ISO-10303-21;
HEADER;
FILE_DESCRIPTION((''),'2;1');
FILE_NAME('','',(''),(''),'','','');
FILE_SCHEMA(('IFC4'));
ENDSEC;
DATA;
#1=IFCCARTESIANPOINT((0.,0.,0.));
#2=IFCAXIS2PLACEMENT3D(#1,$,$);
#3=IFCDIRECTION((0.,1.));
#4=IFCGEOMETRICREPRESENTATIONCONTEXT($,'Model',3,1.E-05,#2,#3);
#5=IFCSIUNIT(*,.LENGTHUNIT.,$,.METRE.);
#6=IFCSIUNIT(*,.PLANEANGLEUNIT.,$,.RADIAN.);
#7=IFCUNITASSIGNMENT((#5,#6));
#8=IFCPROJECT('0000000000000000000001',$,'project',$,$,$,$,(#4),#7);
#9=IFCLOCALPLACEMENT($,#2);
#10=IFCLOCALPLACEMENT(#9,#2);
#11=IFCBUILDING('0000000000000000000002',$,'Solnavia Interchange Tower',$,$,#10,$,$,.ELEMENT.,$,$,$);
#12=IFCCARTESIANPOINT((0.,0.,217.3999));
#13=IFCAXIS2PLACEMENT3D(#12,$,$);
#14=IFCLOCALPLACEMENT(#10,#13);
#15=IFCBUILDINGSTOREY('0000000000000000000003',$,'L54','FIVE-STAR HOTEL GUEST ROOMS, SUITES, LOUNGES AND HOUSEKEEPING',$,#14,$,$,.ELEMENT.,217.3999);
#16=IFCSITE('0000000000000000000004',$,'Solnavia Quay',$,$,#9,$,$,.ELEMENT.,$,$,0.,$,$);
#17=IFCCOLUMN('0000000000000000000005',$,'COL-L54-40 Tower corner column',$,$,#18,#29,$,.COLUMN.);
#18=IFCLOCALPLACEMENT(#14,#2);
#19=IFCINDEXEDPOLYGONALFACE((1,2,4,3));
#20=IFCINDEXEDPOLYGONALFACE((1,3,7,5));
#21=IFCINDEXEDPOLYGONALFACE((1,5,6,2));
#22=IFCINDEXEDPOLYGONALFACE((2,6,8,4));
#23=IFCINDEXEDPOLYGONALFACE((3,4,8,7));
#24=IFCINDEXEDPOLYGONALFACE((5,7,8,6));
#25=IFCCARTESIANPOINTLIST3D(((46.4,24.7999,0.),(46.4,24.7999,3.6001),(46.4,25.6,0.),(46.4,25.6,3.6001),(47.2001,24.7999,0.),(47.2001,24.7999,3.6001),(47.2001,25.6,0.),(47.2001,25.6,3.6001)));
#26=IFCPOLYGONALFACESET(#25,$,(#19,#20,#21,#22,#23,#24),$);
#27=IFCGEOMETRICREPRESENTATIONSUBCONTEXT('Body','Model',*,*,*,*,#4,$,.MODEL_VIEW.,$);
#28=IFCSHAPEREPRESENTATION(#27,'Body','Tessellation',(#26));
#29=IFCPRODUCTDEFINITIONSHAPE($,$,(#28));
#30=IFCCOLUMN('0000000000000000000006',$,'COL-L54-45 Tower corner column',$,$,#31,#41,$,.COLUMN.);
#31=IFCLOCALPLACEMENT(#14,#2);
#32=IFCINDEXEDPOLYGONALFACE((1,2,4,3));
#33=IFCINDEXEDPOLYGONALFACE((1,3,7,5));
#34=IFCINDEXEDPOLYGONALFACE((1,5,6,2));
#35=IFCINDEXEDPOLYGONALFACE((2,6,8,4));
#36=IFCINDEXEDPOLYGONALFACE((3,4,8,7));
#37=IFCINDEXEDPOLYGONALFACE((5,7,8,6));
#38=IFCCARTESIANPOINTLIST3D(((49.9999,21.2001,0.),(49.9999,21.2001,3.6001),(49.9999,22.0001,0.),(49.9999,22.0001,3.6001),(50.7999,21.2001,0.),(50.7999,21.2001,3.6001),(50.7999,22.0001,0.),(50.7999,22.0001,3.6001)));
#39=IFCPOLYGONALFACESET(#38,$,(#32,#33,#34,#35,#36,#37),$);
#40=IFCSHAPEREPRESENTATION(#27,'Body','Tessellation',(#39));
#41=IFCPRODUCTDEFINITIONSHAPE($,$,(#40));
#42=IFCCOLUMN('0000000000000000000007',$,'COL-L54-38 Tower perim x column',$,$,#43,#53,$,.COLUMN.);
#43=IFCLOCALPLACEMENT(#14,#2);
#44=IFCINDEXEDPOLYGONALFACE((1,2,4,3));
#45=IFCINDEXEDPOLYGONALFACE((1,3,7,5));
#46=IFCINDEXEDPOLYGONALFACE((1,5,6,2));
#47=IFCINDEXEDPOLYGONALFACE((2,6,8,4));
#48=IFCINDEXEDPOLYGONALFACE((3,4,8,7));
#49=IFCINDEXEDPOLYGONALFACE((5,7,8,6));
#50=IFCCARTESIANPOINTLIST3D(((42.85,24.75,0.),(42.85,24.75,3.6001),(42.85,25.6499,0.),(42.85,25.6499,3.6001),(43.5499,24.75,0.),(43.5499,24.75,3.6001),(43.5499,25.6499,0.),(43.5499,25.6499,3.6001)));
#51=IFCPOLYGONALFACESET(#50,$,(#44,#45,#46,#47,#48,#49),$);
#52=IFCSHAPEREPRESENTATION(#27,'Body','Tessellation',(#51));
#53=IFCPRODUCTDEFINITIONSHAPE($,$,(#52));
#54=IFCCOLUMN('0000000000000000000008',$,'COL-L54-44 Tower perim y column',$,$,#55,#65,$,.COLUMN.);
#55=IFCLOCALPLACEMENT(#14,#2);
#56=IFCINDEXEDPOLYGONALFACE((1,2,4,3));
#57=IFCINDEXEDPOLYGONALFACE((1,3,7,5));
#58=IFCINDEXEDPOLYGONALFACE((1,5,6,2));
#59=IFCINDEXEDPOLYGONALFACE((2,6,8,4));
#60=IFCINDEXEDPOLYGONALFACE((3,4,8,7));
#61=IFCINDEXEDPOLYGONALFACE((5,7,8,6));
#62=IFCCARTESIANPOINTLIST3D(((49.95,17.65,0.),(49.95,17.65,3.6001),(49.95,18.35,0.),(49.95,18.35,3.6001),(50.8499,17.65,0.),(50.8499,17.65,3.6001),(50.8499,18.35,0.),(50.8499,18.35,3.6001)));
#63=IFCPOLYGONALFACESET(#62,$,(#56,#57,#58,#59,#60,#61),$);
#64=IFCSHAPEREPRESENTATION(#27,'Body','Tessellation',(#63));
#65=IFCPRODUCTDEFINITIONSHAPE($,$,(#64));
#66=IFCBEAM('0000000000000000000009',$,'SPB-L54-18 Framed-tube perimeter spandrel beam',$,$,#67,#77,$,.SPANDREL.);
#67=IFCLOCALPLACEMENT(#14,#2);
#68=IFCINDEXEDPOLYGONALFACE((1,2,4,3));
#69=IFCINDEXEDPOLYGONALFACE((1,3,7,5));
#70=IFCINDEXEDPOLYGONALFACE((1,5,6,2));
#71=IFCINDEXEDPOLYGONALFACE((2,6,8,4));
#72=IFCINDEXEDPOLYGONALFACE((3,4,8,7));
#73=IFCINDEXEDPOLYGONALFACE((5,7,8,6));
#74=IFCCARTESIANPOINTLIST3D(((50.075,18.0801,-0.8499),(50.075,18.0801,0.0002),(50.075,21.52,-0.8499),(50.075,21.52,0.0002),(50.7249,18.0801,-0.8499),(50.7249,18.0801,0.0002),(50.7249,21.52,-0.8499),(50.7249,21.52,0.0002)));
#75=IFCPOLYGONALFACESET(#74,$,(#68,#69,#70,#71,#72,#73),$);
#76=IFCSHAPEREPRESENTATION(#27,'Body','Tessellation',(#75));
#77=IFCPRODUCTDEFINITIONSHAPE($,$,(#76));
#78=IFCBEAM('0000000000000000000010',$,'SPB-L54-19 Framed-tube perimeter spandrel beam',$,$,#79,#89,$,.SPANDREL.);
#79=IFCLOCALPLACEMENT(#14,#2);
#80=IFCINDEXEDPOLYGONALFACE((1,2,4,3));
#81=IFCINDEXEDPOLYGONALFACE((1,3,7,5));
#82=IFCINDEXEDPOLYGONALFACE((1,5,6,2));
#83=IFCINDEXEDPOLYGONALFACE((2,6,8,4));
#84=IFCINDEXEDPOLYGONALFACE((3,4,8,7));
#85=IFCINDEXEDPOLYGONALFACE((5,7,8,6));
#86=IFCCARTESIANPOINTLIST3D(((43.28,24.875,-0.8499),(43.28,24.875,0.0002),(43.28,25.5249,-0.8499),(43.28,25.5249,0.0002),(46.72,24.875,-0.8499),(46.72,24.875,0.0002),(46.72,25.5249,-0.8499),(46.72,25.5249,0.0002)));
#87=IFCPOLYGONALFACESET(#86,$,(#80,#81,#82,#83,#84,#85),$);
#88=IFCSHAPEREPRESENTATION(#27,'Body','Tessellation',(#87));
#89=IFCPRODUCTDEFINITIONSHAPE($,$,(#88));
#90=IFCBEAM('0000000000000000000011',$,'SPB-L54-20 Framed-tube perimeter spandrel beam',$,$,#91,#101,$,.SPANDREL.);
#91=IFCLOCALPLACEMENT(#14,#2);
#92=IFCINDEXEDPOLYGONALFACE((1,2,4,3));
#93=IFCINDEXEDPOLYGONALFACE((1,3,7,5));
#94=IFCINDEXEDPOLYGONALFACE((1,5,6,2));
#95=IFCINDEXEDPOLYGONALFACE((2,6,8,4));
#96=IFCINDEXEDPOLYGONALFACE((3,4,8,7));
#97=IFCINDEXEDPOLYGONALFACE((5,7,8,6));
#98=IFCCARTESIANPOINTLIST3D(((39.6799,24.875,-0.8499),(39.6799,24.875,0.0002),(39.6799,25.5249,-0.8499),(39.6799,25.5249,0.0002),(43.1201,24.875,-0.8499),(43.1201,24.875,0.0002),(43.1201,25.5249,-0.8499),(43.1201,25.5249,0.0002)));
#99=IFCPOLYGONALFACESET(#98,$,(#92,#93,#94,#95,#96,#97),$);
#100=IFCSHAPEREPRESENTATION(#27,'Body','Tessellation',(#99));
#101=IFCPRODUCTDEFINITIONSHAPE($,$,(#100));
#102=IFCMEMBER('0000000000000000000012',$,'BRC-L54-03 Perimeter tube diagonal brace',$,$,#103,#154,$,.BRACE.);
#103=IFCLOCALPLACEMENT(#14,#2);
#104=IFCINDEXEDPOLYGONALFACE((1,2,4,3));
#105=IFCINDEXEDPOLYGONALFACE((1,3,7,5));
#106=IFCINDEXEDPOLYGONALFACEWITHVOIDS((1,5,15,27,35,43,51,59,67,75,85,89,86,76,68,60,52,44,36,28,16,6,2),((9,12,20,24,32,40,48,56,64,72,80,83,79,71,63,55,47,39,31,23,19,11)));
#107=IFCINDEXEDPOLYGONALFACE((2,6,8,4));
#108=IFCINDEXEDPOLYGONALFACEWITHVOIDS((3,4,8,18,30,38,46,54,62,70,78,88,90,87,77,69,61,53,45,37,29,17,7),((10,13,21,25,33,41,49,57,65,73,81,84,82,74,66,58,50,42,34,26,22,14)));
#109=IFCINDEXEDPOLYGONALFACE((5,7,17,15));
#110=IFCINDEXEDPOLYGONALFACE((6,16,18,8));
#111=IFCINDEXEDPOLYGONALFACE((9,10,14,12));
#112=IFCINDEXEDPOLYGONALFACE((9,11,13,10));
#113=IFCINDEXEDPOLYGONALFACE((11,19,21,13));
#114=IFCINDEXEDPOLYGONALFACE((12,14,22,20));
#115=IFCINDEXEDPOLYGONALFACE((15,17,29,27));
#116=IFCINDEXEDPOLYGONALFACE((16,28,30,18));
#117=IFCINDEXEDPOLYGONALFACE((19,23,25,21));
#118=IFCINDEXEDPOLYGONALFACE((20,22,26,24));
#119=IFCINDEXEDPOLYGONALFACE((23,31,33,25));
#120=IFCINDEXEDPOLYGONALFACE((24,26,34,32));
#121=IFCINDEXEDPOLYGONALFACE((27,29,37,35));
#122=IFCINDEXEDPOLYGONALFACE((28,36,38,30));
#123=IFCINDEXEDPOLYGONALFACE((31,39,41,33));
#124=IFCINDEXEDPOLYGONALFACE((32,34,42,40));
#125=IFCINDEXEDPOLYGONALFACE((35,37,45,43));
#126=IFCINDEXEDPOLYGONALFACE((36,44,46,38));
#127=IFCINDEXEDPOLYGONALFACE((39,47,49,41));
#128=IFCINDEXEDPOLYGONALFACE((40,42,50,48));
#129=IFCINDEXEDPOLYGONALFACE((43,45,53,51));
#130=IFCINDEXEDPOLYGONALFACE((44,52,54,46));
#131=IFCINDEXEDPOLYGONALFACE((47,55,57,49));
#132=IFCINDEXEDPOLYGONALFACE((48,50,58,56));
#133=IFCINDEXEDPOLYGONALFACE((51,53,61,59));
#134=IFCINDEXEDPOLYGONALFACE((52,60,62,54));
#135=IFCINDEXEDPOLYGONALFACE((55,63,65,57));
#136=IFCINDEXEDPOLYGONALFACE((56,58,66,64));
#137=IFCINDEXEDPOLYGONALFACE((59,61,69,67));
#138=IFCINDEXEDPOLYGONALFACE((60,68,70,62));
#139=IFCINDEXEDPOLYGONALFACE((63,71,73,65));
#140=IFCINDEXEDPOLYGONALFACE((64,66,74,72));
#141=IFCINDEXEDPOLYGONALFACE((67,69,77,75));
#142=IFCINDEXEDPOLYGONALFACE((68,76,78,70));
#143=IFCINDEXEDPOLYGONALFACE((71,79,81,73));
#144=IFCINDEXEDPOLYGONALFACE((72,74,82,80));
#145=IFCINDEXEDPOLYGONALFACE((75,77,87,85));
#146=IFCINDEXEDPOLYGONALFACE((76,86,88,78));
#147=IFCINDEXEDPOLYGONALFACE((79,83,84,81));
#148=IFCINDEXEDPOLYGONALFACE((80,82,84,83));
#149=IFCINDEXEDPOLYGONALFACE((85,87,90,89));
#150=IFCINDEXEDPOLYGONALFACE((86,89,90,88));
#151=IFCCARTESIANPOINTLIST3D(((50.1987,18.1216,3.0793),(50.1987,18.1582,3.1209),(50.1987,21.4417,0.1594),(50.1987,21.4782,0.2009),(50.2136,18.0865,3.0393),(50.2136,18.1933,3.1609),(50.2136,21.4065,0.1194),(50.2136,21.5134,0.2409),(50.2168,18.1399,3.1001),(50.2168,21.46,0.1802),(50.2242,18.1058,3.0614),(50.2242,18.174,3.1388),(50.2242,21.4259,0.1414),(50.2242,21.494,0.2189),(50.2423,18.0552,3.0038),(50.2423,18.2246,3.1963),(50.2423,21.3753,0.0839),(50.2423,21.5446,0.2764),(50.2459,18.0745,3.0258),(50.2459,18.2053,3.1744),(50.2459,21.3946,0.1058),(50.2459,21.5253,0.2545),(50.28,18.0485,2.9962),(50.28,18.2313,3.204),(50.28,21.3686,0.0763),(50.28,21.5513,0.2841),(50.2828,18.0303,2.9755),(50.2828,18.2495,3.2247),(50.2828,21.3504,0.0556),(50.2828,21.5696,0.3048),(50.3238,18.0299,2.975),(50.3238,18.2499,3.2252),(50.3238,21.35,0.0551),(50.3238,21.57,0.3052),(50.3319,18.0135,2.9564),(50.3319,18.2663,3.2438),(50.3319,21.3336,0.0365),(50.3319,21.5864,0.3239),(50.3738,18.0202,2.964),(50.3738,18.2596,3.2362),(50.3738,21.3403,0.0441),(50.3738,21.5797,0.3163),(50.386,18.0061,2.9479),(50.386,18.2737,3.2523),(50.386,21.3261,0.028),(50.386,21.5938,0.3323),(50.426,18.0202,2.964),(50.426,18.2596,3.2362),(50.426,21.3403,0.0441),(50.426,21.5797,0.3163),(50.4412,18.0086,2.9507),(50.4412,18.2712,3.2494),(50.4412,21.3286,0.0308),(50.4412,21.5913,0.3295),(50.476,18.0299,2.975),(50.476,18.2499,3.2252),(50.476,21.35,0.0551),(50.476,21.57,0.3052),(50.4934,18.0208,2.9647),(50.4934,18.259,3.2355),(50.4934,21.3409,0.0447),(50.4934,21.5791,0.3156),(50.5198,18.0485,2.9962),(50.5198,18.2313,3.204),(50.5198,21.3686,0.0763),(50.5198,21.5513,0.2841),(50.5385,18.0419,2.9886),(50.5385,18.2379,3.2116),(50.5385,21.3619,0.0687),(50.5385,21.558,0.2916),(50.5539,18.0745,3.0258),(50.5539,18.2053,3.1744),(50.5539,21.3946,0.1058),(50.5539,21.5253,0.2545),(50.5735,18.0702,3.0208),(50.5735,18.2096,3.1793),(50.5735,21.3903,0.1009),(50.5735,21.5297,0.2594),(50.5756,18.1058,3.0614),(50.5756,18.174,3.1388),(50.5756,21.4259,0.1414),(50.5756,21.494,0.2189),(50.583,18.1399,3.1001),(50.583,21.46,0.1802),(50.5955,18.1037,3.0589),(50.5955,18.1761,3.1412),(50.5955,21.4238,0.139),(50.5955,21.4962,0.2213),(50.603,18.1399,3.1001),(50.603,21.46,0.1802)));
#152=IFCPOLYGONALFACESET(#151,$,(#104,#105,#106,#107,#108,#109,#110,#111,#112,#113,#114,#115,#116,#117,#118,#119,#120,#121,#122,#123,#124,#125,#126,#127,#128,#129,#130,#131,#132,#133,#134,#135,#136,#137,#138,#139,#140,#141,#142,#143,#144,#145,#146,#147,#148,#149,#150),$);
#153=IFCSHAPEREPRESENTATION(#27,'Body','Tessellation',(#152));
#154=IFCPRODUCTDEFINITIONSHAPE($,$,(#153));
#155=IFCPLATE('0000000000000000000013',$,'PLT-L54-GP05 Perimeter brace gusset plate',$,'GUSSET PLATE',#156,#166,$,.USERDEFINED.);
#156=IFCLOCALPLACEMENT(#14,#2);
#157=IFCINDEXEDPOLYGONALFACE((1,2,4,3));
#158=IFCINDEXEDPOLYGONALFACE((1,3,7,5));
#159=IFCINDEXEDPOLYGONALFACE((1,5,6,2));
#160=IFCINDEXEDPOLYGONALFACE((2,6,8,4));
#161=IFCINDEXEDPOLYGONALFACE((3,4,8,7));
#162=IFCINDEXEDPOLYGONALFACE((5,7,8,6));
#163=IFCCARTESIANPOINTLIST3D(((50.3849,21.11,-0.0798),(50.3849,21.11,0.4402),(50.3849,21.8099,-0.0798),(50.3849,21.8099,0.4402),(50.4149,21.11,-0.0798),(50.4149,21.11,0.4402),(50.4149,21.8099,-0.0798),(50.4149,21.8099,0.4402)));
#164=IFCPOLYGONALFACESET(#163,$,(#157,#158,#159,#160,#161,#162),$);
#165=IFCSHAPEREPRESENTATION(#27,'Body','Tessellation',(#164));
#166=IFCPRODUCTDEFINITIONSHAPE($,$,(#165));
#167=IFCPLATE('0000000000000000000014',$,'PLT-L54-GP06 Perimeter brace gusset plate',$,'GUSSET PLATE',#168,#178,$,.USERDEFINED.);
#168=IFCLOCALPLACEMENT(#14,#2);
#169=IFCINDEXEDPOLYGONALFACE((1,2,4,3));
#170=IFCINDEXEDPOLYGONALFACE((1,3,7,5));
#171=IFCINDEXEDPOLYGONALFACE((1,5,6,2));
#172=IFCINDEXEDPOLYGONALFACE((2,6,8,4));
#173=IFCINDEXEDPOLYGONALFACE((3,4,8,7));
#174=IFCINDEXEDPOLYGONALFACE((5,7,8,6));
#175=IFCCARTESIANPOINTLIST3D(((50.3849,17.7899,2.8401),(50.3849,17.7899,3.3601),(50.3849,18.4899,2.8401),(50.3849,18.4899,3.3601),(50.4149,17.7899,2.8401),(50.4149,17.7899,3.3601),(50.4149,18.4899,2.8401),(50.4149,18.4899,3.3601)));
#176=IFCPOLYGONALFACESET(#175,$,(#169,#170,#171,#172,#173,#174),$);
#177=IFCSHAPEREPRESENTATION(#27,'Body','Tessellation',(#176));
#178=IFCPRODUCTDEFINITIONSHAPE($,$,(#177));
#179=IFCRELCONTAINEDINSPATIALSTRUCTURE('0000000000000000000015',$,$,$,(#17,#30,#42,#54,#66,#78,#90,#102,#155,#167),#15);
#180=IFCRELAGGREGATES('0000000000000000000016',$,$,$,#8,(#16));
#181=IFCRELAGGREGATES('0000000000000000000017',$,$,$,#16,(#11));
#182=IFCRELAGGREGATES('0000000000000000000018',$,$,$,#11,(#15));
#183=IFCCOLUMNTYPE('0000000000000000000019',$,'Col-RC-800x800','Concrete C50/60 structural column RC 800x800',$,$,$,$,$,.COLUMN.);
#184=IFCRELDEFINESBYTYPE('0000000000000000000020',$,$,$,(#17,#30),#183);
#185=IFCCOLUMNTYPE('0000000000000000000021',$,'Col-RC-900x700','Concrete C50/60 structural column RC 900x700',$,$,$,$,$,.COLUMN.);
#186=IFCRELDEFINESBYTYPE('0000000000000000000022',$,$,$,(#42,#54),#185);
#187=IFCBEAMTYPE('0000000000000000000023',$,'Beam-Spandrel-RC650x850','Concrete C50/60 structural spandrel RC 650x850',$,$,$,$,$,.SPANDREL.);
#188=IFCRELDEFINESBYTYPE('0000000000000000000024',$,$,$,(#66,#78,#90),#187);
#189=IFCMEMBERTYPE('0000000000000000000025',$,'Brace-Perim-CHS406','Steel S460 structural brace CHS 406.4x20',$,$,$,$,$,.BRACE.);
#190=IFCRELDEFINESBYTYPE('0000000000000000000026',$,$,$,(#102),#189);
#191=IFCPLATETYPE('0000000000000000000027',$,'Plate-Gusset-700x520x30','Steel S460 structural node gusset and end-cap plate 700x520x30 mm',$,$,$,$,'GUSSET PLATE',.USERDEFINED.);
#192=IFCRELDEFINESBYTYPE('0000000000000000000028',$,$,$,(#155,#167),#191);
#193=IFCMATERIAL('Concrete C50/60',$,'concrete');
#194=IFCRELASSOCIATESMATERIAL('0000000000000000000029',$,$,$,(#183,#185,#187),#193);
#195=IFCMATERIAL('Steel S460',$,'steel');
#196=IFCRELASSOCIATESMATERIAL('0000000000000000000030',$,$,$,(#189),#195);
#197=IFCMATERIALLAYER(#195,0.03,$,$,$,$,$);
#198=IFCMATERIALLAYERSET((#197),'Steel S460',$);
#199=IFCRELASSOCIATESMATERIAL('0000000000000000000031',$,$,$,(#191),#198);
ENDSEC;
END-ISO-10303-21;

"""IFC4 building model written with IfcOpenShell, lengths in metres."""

from ifc_helpers import new_model, si_unit, direction, frame, origin, origin_2d, place, context, subcontext, project, spatial, rectangle, hollow_circle, extrude, material, layer, layer_set, material_profile, profile_set, type_object, element, save


model = new_model("IFC4")

# Units and contexts
model_context = context("Model", 3, precision=1e-05, world=origin(), true_north=direction((0.0, 1.0)))
body_context = subcontext(model_context, "Body", "Model", "MODEL_VIEW")
ifc_project = project(units=[si_unit("LENGTHUNIT", "METRE"), si_unit("PLANEANGLEUNIT", "RADIAN")], contexts=[model_context])

# Site, building, storey
site_placement = place(None, origin())
site = spatial("IfcSite", under=ifc_project, at=site_placement, Name="Solnavia Quay", CompositionType="ELEMENT", RefElevation=0.0)
building_placement = place(site_placement, origin())
building = spatial("IfcBuilding", under=site, at=building_placement, Name="Solnavia Interchange Tower", CompositionType="ELEMENT")
storey_placement = place(building_placement, frame((0.0, 0.0, 217.3999)))
storey = spatial("IfcBuildingStorey", under=building, at=storey_placement, Name="L54", Description="FIVE-STAR HOTEL GUEST ROOMS, SUITES, LOUNGES AND HOUSEKEEPING", CompositionType="ELEMENT", Elevation=217.3999)

# Columns
ifc_material_1 = material(Name="Concrete C50/60", Category="concrete")
ifc_material_profile_1 = material_profile(ifc_material_1, rectangle(XDim=0.8, YDim=0.8, at=origin_2d()), Name="RC 800x800")
ifc_profile_set_1 = profile_set([ifc_material_profile_1], Name="Concrete C50/60")
column_type_1 = type_object("IfcColumnType", Name="Col-RC-800x800", Description="Concrete C50/60 structural column RC 800x800", PredefinedType="COLUMN", material=ifc_profile_set_1)
for number, where, z_axis, x_axis, name in (
    (1, (46.8, 25.2, 0.0), (0.0, 0.0, 1.0), (1.0, 0.0, 0.0), "COL-L54-40 Tower corner column"),
    (2, (50.3999, 21.6001, 0.0), (0.0, 0.0, 1.0), (0.0, 1.0, 0.0), "COL-L54-45 Tower corner column"),
):
    element("IfcColumn", number, at=place(storey_placement, frame(where, z_axis=z_axis, x_axis=x_axis)), inside=storey, type_object=column_type_1, Name=name, PredefinedType="COLUMN", context=body_context, shape_type="SweptSolid", body=[
        extrude(rectangle(XDim=0.8, YDim=0.8, at=origin_2d()), origin(), (0.0, 0.0, 1.0), 3.6001),
    ])
ifc_material_profile_2 = material_profile(ifc_material_1, rectangle(XDim=0.7, YDim=0.8999, at=origin_2d()), Name="RC 900x700")
ifc_profile_set_2 = profile_set([ifc_material_profile_2], Name="Concrete C50/60")
column_type_2 = type_object("IfcColumnType", Name="Col-RC-900x700", Description="Concrete C50/60 structural column RC 900x700", PredefinedType="COLUMN", material=ifc_profile_set_2)
for number, where, z_axis, x_axis, name in (
    (3, (43.2, 25.2, 0.0), (0.0, 0.0, 1.0), (1.0, 0.0, 0.0), "COL-L54-38 Tower perim x column"),
    (4, (50.3999, 18.0, 0.0), (0.0, 0.0, 1.0), (0.0, 1.0, 0.0), "COL-L54-44 Tower perim y column"),
):
    element("IfcColumn", number, at=place(storey_placement, frame(where, z_axis=z_axis, x_axis=x_axis)), inside=storey, type_object=column_type_2, Name=name, PredefinedType="COLUMN", context=body_context, shape_type="SweptSolid", body=[
        extrude(rectangle(XDim=0.7, YDim=0.8999, at=origin_2d()), origin(), (0.0, 0.0, 1.0), 3.6001),
    ])

# Beams
ifc_material_profile_3 = material_profile(ifc_material_1, rectangle(XDim=0.6499, YDim=0.8501, at=origin_2d()), Name="RC 650x850")
ifc_profile_set_3 = profile_set([ifc_material_profile_3], Name="Concrete C50/60")
beam_type = type_object("IfcBeamType", Name="Beam-Spandrel-RC650x850", Description="Concrete C50/60 structural spandrel RC 650x850", PredefinedType="SPANDREL", material=ifc_profile_set_3)
for number, where, z_axis, x_axis, name in (
    (5, (50.3999, 18.0801, -0.4248), (0.0, 1.0, 0.0), (-1.0, 0.0, 0.0), "SPB-L54-18 Framed-tube perimeter spandrel beam"),
    (6, (46.72, 25.2, -0.4248), (-1.0, 0.0, 0.0), (0.0, -1.0, 0.0), "SPB-L54-19 Framed-tube perimeter spandrel beam"),
):
    element("IfcBeam", number, at=place(storey_placement, frame(where, z_axis=z_axis, x_axis=x_axis)), inside=storey, type_object=beam_type, Name=name, PredefinedType="SPANDREL", context=body_context, shape_type="SweptSolid", body=[
        extrude(rectangle(XDim=0.6499, YDim=0.8501, at=origin_2d()), origin(), (0.0, 0.0, 1.0), 3.4399),
    ])
beam_placement = place(storey_placement, frame((43.1201, 25.2, -0.4248), z_axis=(-1.0, 0.0, 0.0), x_axis=(0.0, -1.0, 0.0)))
element("IfcBeam", 7, at=beam_placement, inside=storey, type_object=beam_type, Name="SPB-L54-20 Framed-tube perimeter spandrel beam", PredefinedType="SPANDREL", context=body_context, shape_type="SweptSolid", body=[
    extrude(rectangle(XDim=0.6499, YDim=0.8501, at=origin_2d()), origin(), (0.0, 0.0, 1.0), 3.4402),
])

# Member
ifc_material_2 = material(Name="Steel S460", Category="steel")
ifc_material_profile_4 = material_profile(ifc_material_2, hollow_circle(Radius=0.2031, WallThickness=0.02, at=origin_2d()), Name="CHS 406.4x20")
ifc_profile_set_4 = profile_set([ifc_material_profile_4], Name="Steel S460")
member_type = type_object("IfcMemberType", Name="Brace-Perim-CHS406", Description="Steel S460 structural brace CHS 406.4x20", PredefinedType="BRACE", material=ifc_profile_set_4)
member_placement = place(storey_placement, frame((50.3999, 21.46, 0.1802), z_axis=(0.0, -0.750908, 0.660406), x_axis=(1.0, 0.0, 0.0)))
element("IfcMember", 8, at=member_placement, inside=storey, type_object=member_type, Name="BRC-L54-03 Perimeter tube diagonal brace", PredefinedType="BRACE", context=body_context, shape_type="SweptSolid", body=[
    extrude(hollow_circle(Radius=0.2031, WallThickness=0.02, at=origin_2d()), origin(), (0.0, 0.0, 1.0), 4.4214),
])

# Plates
ifc_layer_1 = layer(ifc_material_2, 0.03)
ifc_layer_set_1 = layer_set([ifc_layer_1], Name="Steel S460")
plate_type = type_object("IfcPlateType", Name="Plate-Gusset-700x520x30", Description="Steel S460 structural node gusset and end-cap plate 700x520x30 mm", ElementType="GUSSET PLATE", PredefinedType="USERDEFINED", material=ifc_layer_set_1)
for number, where, z_axis, x_axis, name in (
    (9, (50.3999, 21.46, -0.0798), (0.0, 0.0, 1.0), (0.0, -1.0, 0.0), "PLT-L54-GP05 Perimeter brace gusset plate"),
    (10, (50.3999, 18.1399, 2.8401), (0.0, 0.0, 1.0), (0.0, -1.0, 0.0), "PLT-L54-GP06 Perimeter brace gusset plate"),
):
    element("IfcPlate", number, at=place(storey_placement, frame(where, z_axis=z_axis, x_axis=x_axis)), inside=storey, type_object=plate_type, Name=name, ObjectType="GUSSET PLATE", PredefinedType="USERDEFINED", context=body_context, shape_type="SweptSolid", body=[
        extrude(rectangle(XDim=0.7, YDim=0.03, at=origin_2d()), origin(), (0.0, 0.0, 1.0), 0.52),
    ])

save(model, "model.ifc")
